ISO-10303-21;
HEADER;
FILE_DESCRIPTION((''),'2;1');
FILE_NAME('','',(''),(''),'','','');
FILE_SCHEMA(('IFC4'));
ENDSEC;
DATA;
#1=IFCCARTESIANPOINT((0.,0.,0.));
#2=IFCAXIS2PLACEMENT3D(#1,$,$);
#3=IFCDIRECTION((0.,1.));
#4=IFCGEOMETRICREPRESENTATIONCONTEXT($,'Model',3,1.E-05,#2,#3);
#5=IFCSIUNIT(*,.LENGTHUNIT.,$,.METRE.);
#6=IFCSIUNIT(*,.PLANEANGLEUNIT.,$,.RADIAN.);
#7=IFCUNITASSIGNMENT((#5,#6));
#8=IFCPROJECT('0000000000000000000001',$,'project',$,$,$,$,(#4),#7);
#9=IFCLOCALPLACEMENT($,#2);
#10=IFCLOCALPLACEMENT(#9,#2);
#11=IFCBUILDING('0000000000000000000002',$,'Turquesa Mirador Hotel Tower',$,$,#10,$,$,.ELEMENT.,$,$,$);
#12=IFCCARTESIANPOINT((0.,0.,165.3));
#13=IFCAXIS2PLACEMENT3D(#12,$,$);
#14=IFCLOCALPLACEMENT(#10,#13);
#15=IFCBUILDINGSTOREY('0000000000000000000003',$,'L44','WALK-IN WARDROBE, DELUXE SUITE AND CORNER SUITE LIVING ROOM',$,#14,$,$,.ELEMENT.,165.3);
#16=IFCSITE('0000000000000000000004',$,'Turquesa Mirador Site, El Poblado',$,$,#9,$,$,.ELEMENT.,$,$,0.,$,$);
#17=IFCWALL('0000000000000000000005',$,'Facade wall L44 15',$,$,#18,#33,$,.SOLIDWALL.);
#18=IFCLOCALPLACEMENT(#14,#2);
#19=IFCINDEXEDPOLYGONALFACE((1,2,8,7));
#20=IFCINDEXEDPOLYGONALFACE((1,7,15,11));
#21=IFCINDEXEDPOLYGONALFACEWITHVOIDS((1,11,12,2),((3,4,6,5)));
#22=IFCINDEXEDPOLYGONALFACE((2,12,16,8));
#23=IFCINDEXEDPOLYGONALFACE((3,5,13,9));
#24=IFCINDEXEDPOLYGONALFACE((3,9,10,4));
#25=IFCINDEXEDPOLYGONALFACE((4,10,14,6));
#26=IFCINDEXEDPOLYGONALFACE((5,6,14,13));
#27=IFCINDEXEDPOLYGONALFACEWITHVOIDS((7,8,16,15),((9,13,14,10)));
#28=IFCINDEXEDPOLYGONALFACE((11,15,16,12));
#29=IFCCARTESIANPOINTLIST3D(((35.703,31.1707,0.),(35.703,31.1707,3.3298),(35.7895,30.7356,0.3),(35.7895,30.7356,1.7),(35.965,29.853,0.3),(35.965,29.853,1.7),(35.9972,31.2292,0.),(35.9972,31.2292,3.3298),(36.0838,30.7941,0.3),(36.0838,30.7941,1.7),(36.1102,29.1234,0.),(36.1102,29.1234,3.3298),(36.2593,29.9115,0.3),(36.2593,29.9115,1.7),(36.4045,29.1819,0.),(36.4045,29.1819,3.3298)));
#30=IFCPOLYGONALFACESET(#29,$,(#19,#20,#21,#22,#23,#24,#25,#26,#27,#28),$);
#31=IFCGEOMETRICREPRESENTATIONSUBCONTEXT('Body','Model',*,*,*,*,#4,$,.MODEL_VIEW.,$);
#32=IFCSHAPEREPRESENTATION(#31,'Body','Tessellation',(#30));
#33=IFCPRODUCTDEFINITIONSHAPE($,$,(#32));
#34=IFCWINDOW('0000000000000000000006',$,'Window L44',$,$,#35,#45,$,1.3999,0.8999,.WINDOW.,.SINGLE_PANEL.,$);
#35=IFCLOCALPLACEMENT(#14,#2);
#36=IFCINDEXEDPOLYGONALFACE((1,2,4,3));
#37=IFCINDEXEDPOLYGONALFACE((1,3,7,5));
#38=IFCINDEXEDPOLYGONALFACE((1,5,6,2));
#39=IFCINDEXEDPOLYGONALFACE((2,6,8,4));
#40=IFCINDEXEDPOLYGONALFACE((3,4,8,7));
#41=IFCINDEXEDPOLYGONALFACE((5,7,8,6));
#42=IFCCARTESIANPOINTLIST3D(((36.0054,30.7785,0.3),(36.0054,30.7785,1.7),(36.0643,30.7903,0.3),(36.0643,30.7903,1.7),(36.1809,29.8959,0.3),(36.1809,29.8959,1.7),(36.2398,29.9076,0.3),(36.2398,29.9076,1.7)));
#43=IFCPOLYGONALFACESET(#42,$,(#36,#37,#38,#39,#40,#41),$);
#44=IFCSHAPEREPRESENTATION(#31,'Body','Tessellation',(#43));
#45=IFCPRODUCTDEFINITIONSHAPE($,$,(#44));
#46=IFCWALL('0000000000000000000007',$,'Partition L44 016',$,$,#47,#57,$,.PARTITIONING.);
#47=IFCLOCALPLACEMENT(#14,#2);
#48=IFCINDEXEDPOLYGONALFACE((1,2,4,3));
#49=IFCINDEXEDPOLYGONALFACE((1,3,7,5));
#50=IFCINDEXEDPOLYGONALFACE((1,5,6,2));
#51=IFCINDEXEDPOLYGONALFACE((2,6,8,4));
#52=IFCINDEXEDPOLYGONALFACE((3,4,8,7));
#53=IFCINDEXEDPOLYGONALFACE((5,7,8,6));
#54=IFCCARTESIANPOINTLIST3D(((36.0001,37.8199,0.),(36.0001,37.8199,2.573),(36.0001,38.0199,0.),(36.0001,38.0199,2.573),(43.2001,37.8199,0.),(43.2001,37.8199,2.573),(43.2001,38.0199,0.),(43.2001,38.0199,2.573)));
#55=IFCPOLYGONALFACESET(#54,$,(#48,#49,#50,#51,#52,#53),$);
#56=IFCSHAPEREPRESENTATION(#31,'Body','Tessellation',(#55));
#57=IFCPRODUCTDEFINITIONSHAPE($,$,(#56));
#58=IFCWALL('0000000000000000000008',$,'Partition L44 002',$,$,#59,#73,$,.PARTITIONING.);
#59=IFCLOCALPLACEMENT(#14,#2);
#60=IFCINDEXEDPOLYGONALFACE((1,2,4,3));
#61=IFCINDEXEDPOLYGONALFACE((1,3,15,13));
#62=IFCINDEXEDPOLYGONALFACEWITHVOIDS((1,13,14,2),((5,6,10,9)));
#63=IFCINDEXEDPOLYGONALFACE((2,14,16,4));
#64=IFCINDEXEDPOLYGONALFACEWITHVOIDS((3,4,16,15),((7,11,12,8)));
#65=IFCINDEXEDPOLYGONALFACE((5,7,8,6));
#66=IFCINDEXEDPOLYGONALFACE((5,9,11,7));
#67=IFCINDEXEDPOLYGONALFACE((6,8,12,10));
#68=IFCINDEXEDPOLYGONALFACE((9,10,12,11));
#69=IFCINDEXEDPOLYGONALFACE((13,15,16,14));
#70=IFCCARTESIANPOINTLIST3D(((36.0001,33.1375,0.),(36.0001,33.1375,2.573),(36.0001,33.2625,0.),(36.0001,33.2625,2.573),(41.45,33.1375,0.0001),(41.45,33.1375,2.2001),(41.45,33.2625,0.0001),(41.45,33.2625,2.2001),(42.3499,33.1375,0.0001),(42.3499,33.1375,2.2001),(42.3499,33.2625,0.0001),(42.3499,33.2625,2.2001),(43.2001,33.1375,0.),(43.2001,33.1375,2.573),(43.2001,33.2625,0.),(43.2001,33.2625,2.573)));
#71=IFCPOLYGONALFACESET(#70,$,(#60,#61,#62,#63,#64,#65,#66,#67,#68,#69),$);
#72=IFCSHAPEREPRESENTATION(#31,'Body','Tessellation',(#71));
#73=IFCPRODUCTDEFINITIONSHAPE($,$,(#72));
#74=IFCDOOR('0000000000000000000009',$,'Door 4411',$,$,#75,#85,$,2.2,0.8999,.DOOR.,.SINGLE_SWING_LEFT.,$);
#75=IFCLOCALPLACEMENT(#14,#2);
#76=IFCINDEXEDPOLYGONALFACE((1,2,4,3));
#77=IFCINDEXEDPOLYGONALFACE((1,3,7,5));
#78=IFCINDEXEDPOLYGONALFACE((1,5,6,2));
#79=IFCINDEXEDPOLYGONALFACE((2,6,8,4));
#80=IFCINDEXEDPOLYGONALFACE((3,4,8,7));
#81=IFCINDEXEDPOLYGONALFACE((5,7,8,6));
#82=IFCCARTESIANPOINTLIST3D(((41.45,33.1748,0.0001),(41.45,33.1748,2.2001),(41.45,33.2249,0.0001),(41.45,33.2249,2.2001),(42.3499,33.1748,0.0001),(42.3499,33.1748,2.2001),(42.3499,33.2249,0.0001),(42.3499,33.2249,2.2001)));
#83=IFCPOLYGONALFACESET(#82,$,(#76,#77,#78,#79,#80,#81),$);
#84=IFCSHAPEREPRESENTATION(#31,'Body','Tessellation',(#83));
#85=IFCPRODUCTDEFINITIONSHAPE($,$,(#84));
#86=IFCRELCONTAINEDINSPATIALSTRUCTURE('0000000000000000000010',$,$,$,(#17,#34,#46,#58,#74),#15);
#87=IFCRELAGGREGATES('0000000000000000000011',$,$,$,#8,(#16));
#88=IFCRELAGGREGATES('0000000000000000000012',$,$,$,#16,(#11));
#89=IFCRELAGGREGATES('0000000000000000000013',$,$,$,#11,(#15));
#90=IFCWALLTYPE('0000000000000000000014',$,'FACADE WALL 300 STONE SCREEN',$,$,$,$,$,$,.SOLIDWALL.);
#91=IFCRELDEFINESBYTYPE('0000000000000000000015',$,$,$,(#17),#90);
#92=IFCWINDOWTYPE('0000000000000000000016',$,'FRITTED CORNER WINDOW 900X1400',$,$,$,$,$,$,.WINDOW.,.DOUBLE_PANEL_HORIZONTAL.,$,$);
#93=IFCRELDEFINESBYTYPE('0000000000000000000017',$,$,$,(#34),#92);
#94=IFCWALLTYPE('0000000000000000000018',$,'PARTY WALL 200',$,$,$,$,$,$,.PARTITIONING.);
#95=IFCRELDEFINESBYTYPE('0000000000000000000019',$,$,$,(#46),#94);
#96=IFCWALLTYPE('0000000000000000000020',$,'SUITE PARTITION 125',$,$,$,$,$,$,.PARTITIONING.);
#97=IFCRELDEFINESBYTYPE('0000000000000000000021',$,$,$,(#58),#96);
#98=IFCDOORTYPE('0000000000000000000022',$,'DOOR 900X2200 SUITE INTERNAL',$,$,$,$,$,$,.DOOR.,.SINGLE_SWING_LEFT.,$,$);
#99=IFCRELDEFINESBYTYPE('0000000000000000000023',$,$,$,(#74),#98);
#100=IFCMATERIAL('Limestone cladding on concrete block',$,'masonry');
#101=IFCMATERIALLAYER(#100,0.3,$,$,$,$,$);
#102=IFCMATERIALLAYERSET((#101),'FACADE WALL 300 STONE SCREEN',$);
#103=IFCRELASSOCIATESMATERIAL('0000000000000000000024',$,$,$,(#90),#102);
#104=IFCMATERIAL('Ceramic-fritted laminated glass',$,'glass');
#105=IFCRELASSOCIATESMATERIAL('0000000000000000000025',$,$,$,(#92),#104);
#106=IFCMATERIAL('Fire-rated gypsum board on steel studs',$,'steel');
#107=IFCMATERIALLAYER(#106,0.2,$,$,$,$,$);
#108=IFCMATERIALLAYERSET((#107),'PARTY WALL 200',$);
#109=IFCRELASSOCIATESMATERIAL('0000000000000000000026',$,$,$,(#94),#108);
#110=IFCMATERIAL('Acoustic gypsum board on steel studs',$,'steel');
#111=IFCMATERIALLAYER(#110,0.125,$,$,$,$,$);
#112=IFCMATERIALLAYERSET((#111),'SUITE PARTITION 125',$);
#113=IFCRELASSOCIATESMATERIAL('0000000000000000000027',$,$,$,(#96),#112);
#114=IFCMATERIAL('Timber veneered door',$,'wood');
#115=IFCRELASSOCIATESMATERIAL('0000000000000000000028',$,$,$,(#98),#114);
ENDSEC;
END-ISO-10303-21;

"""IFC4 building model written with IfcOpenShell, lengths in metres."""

from ifc_helpers import new_model, si_unit, direction, frame, frame_2d, origin, place, context, subcontext, project, spatial, rectangle, extrude, material, layer, layer_set, type_object, element, fill, save


model = new_model("IFC4")

# Units and contexts
model_context = context("Model", 3, precision=1e-05, world=origin(), true_north=direction((0.0, 1.0)))
body_context = subcontext(model_context, "Body", "Model", "MODEL_VIEW")
ifc_project = project(units=[si_unit("LENGTHUNIT", "METRE"), si_unit("PLANEANGLEUNIT", "RADIAN")], contexts=[model_context])

# Site, building, storey
site_placement = place(None, origin())
site = spatial("IfcSite", under=ifc_project, at=site_placement, Name="Turquesa Mirador Site, El Poblado", CompositionType="ELEMENT", RefElevation=0.0)
building_placement = place(site_placement, origin())
building = spatial("IfcBuilding", under=site, at=building_placement, Name="Turquesa Mirador Hotel Tower", CompositionType="ELEMENT")
storey_placement = place(building_placement, frame((0.0, 0.0, 165.3)))
storey = spatial("IfcBuildingStorey", under=building, at=storey_placement, Name="L44", Description="WALK-IN WARDROBE, DELUXE SUITE AND CORNER SUITE LIVING ROOM", CompositionType="ELEMENT", Elevation=165.3)

# Wall, opening, window
ifc_material_1 = material(Name="Limestone cladding on concrete block", Category="masonry")
ifc_layer_1 = layer(ifc_material_1, 0.3)
ifc_layer_set_1 = layer_set([ifc_layer_1], Name="FACADE WALL 300 STONE SCREEN")
wall_type_1 = type_object("IfcWallType", Name="FACADE WALL 300 STONE SCREEN", PredefinedType="SOLIDWALL", material=ifc_layer_set_1)
wall_1_placement = place(storey_placement, frame((35.8501, 31.2, 0.0), z_axis=(0.0, 0.0, 1.0), x_axis=(0.195081, -0.980787, 0.0)))
wall_1 = element("IfcWall", 1, at=wall_1_placement, inside=storey, type_object=wall_type_1, Name="Facade wall L44 15", PredefinedType="SOLIDWALL", context=body_context, shape_type="SweptSolid", body=[
    extrude(rectangle(XDim=2.0874, YDim=0.3, at=frame_2d((1.0437, 0.0))), origin(), (0.0, 0.0, 1.0), 3.3298),
])
opening_1_placement = place(wall_1_placement, frame((0.4436, 0.0, 0.3)))
opening_1 = element("IfcOpeningElement", 2, at=opening_1_placement, cuts=wall_1, PredefinedType="OPENING", context=body_context, shape_type="SweptSolid", body=[
    extrude(rectangle(XDim=0.8999, YDim=1.3999, at=frame_2d((0.45, 0.7))), frame((0.0, 0.1599, 0.0), z_axis=(0.0, -1.0, 0.0), x_axis=(1.0, 0.0, 0.0)), (0.0, 0.0, 1.0), 0.3201),
])
ifc_material_2 = material(Name="Ceramic-fritted laminated glass", Category="glass")
window_type = type_object("IfcWindowType", Name="FRITTED CORNER WINDOW 900X1400", PartitioningType="DOUBLE_PANEL_HORIZONTAL", PredefinedType="WINDOW", material=ifc_material_2)
window_placement = place(opening_1_placement, origin())
window = element("IfcWindow", 3, at=window_placement, inside=storey, type_object=window_type, Name="Window L44", OverallHeight=1.3999, OverallWidth=0.8999, PartitioningType="SINGLE_PANEL", PredefinedType="WINDOW", context=body_context, shape_type="SweptSolid", body=[
    extrude(rectangle(XDim=0.8999, YDim=1.3999, at=frame_2d((0.45, 0.7))), frame((0.0, 0.1301, 0.0), z_axis=(0.0, -1.0, 0.0), x_axis=(1.0, 0.0, 0.0)), (0.0, 0.0, 1.0), 0.0601),
])
fill(opening_1, window)

# Wall
ifc_material_3 = material(Name="Fire-rated gypsum board on steel studs", Category="steel")
ifc_layer_2 = layer(ifc_material_3, 0.2)
ifc_layer_set_2 = layer_set([ifc_layer_2], Name="PARTY WALL 200")
wall_type_2 = type_object("IfcWallType", Name="PARTY WALL 200", PredefinedType="PARTITIONING", material=ifc_layer_set_2)
wall_2_placement = place(storey_placement, frame((36.0, 37.9199, 0.0), z_axis=(0.0, 0.0, 1.0), x_axis=(1.0, 0.0, 0.0)))
element("IfcWall", 4, at=wall_2_placement, inside=storey, type_object=wall_type_2, Name="Partition L44 016", PredefinedType="PARTITIONING", context=body_context, shape_type="SweptSolid", body=[
    extrude(rectangle(XDim=7.2, YDim=0.2, at=frame_2d((3.6001, 0.0))), origin(), (0.0, 0.0, 1.0), 2.573),
])

# Wall, opening, door
ifc_material_4 = material(Name="Acoustic gypsum board on steel studs", Category="steel")
ifc_layer_3 = layer(ifc_material_4, 0.125)
ifc_layer_set_3 = layer_set([ifc_layer_3], Name="SUITE PARTITION 125")
wall_type_3 = type_object("IfcWallType", Name="SUITE PARTITION 125", PredefinedType="PARTITIONING", material=ifc_layer_set_3)
wall_3_placement = place(storey_placement, frame((36.0, 33.2, 0.0), z_axis=(0.0, 0.0, 1.0), x_axis=(1.0, 0.0, 0.0)))
wall_3 = element("IfcWall", 5, at=wall_3_placement, inside=storey, type_object=wall_type_3, Name="Partition L44 002", PredefinedType="PARTITIONING", context=body_context, shape_type="SweptSolid", body=[
    extrude(rectangle(XDim=7.2, YDim=0.125, at=frame_2d((3.6001, 0.0))), origin(), (0.0, 0.0, 1.0), 2.573),
])
opening_2_placement = place(wall_3_placement, frame((5.45, 0.0, 0.0)))
opening_2 = element("IfcOpeningElement", 6, at=opening_2_placement, cuts=wall_3, PredefinedType="OPENING", context=body_context, shape_type="SweptSolid", body=[
    extrude(rectangle(XDim=0.8999, YDim=2.2, at=frame_2d((0.45, 1.1001))), frame((0.0, 0.0725, 0.0), z_axis=(0.0, -1.0, 0.0), x_axis=(1.0, 0.0, 0.0)), (0.0, 0.0, 1.0), 0.145),
])
ifc_material_5 = material(Name="Timber veneered door", Category="wood")
door_type = type_object("IfcDoorType", Name="DOOR 900X2200 SUITE INTERNAL", OperationType="SINGLE_SWING_LEFT", PredefinedType="DOOR", material=ifc_material_5)
door_placement = place(opening_2_placement, origin())
door = element("IfcDoor", 7, at=door_placement, inside=storey, type_object=door_type, Name="Door 4411", OperationType="SINGLE_SWING_LEFT", OverallHeight=2.2, OverallWidth=0.8999, PredefinedType="DOOR", context=body_context, shape_type="SweptSolid", body=[
    extrude(rectangle(XDim=0.8999, YDim=2.2, at=frame_2d((0.45, 1.1001))), frame((0.0, 0.0249, 0.0), z_axis=(0.0, -1.0, 0.0), x_axis=(1.0, 0.0, 0.0)), (0.0, 0.0, 1.0), 0.05),
])
fill(opening_2, door)

save(model, "model.ifc")
